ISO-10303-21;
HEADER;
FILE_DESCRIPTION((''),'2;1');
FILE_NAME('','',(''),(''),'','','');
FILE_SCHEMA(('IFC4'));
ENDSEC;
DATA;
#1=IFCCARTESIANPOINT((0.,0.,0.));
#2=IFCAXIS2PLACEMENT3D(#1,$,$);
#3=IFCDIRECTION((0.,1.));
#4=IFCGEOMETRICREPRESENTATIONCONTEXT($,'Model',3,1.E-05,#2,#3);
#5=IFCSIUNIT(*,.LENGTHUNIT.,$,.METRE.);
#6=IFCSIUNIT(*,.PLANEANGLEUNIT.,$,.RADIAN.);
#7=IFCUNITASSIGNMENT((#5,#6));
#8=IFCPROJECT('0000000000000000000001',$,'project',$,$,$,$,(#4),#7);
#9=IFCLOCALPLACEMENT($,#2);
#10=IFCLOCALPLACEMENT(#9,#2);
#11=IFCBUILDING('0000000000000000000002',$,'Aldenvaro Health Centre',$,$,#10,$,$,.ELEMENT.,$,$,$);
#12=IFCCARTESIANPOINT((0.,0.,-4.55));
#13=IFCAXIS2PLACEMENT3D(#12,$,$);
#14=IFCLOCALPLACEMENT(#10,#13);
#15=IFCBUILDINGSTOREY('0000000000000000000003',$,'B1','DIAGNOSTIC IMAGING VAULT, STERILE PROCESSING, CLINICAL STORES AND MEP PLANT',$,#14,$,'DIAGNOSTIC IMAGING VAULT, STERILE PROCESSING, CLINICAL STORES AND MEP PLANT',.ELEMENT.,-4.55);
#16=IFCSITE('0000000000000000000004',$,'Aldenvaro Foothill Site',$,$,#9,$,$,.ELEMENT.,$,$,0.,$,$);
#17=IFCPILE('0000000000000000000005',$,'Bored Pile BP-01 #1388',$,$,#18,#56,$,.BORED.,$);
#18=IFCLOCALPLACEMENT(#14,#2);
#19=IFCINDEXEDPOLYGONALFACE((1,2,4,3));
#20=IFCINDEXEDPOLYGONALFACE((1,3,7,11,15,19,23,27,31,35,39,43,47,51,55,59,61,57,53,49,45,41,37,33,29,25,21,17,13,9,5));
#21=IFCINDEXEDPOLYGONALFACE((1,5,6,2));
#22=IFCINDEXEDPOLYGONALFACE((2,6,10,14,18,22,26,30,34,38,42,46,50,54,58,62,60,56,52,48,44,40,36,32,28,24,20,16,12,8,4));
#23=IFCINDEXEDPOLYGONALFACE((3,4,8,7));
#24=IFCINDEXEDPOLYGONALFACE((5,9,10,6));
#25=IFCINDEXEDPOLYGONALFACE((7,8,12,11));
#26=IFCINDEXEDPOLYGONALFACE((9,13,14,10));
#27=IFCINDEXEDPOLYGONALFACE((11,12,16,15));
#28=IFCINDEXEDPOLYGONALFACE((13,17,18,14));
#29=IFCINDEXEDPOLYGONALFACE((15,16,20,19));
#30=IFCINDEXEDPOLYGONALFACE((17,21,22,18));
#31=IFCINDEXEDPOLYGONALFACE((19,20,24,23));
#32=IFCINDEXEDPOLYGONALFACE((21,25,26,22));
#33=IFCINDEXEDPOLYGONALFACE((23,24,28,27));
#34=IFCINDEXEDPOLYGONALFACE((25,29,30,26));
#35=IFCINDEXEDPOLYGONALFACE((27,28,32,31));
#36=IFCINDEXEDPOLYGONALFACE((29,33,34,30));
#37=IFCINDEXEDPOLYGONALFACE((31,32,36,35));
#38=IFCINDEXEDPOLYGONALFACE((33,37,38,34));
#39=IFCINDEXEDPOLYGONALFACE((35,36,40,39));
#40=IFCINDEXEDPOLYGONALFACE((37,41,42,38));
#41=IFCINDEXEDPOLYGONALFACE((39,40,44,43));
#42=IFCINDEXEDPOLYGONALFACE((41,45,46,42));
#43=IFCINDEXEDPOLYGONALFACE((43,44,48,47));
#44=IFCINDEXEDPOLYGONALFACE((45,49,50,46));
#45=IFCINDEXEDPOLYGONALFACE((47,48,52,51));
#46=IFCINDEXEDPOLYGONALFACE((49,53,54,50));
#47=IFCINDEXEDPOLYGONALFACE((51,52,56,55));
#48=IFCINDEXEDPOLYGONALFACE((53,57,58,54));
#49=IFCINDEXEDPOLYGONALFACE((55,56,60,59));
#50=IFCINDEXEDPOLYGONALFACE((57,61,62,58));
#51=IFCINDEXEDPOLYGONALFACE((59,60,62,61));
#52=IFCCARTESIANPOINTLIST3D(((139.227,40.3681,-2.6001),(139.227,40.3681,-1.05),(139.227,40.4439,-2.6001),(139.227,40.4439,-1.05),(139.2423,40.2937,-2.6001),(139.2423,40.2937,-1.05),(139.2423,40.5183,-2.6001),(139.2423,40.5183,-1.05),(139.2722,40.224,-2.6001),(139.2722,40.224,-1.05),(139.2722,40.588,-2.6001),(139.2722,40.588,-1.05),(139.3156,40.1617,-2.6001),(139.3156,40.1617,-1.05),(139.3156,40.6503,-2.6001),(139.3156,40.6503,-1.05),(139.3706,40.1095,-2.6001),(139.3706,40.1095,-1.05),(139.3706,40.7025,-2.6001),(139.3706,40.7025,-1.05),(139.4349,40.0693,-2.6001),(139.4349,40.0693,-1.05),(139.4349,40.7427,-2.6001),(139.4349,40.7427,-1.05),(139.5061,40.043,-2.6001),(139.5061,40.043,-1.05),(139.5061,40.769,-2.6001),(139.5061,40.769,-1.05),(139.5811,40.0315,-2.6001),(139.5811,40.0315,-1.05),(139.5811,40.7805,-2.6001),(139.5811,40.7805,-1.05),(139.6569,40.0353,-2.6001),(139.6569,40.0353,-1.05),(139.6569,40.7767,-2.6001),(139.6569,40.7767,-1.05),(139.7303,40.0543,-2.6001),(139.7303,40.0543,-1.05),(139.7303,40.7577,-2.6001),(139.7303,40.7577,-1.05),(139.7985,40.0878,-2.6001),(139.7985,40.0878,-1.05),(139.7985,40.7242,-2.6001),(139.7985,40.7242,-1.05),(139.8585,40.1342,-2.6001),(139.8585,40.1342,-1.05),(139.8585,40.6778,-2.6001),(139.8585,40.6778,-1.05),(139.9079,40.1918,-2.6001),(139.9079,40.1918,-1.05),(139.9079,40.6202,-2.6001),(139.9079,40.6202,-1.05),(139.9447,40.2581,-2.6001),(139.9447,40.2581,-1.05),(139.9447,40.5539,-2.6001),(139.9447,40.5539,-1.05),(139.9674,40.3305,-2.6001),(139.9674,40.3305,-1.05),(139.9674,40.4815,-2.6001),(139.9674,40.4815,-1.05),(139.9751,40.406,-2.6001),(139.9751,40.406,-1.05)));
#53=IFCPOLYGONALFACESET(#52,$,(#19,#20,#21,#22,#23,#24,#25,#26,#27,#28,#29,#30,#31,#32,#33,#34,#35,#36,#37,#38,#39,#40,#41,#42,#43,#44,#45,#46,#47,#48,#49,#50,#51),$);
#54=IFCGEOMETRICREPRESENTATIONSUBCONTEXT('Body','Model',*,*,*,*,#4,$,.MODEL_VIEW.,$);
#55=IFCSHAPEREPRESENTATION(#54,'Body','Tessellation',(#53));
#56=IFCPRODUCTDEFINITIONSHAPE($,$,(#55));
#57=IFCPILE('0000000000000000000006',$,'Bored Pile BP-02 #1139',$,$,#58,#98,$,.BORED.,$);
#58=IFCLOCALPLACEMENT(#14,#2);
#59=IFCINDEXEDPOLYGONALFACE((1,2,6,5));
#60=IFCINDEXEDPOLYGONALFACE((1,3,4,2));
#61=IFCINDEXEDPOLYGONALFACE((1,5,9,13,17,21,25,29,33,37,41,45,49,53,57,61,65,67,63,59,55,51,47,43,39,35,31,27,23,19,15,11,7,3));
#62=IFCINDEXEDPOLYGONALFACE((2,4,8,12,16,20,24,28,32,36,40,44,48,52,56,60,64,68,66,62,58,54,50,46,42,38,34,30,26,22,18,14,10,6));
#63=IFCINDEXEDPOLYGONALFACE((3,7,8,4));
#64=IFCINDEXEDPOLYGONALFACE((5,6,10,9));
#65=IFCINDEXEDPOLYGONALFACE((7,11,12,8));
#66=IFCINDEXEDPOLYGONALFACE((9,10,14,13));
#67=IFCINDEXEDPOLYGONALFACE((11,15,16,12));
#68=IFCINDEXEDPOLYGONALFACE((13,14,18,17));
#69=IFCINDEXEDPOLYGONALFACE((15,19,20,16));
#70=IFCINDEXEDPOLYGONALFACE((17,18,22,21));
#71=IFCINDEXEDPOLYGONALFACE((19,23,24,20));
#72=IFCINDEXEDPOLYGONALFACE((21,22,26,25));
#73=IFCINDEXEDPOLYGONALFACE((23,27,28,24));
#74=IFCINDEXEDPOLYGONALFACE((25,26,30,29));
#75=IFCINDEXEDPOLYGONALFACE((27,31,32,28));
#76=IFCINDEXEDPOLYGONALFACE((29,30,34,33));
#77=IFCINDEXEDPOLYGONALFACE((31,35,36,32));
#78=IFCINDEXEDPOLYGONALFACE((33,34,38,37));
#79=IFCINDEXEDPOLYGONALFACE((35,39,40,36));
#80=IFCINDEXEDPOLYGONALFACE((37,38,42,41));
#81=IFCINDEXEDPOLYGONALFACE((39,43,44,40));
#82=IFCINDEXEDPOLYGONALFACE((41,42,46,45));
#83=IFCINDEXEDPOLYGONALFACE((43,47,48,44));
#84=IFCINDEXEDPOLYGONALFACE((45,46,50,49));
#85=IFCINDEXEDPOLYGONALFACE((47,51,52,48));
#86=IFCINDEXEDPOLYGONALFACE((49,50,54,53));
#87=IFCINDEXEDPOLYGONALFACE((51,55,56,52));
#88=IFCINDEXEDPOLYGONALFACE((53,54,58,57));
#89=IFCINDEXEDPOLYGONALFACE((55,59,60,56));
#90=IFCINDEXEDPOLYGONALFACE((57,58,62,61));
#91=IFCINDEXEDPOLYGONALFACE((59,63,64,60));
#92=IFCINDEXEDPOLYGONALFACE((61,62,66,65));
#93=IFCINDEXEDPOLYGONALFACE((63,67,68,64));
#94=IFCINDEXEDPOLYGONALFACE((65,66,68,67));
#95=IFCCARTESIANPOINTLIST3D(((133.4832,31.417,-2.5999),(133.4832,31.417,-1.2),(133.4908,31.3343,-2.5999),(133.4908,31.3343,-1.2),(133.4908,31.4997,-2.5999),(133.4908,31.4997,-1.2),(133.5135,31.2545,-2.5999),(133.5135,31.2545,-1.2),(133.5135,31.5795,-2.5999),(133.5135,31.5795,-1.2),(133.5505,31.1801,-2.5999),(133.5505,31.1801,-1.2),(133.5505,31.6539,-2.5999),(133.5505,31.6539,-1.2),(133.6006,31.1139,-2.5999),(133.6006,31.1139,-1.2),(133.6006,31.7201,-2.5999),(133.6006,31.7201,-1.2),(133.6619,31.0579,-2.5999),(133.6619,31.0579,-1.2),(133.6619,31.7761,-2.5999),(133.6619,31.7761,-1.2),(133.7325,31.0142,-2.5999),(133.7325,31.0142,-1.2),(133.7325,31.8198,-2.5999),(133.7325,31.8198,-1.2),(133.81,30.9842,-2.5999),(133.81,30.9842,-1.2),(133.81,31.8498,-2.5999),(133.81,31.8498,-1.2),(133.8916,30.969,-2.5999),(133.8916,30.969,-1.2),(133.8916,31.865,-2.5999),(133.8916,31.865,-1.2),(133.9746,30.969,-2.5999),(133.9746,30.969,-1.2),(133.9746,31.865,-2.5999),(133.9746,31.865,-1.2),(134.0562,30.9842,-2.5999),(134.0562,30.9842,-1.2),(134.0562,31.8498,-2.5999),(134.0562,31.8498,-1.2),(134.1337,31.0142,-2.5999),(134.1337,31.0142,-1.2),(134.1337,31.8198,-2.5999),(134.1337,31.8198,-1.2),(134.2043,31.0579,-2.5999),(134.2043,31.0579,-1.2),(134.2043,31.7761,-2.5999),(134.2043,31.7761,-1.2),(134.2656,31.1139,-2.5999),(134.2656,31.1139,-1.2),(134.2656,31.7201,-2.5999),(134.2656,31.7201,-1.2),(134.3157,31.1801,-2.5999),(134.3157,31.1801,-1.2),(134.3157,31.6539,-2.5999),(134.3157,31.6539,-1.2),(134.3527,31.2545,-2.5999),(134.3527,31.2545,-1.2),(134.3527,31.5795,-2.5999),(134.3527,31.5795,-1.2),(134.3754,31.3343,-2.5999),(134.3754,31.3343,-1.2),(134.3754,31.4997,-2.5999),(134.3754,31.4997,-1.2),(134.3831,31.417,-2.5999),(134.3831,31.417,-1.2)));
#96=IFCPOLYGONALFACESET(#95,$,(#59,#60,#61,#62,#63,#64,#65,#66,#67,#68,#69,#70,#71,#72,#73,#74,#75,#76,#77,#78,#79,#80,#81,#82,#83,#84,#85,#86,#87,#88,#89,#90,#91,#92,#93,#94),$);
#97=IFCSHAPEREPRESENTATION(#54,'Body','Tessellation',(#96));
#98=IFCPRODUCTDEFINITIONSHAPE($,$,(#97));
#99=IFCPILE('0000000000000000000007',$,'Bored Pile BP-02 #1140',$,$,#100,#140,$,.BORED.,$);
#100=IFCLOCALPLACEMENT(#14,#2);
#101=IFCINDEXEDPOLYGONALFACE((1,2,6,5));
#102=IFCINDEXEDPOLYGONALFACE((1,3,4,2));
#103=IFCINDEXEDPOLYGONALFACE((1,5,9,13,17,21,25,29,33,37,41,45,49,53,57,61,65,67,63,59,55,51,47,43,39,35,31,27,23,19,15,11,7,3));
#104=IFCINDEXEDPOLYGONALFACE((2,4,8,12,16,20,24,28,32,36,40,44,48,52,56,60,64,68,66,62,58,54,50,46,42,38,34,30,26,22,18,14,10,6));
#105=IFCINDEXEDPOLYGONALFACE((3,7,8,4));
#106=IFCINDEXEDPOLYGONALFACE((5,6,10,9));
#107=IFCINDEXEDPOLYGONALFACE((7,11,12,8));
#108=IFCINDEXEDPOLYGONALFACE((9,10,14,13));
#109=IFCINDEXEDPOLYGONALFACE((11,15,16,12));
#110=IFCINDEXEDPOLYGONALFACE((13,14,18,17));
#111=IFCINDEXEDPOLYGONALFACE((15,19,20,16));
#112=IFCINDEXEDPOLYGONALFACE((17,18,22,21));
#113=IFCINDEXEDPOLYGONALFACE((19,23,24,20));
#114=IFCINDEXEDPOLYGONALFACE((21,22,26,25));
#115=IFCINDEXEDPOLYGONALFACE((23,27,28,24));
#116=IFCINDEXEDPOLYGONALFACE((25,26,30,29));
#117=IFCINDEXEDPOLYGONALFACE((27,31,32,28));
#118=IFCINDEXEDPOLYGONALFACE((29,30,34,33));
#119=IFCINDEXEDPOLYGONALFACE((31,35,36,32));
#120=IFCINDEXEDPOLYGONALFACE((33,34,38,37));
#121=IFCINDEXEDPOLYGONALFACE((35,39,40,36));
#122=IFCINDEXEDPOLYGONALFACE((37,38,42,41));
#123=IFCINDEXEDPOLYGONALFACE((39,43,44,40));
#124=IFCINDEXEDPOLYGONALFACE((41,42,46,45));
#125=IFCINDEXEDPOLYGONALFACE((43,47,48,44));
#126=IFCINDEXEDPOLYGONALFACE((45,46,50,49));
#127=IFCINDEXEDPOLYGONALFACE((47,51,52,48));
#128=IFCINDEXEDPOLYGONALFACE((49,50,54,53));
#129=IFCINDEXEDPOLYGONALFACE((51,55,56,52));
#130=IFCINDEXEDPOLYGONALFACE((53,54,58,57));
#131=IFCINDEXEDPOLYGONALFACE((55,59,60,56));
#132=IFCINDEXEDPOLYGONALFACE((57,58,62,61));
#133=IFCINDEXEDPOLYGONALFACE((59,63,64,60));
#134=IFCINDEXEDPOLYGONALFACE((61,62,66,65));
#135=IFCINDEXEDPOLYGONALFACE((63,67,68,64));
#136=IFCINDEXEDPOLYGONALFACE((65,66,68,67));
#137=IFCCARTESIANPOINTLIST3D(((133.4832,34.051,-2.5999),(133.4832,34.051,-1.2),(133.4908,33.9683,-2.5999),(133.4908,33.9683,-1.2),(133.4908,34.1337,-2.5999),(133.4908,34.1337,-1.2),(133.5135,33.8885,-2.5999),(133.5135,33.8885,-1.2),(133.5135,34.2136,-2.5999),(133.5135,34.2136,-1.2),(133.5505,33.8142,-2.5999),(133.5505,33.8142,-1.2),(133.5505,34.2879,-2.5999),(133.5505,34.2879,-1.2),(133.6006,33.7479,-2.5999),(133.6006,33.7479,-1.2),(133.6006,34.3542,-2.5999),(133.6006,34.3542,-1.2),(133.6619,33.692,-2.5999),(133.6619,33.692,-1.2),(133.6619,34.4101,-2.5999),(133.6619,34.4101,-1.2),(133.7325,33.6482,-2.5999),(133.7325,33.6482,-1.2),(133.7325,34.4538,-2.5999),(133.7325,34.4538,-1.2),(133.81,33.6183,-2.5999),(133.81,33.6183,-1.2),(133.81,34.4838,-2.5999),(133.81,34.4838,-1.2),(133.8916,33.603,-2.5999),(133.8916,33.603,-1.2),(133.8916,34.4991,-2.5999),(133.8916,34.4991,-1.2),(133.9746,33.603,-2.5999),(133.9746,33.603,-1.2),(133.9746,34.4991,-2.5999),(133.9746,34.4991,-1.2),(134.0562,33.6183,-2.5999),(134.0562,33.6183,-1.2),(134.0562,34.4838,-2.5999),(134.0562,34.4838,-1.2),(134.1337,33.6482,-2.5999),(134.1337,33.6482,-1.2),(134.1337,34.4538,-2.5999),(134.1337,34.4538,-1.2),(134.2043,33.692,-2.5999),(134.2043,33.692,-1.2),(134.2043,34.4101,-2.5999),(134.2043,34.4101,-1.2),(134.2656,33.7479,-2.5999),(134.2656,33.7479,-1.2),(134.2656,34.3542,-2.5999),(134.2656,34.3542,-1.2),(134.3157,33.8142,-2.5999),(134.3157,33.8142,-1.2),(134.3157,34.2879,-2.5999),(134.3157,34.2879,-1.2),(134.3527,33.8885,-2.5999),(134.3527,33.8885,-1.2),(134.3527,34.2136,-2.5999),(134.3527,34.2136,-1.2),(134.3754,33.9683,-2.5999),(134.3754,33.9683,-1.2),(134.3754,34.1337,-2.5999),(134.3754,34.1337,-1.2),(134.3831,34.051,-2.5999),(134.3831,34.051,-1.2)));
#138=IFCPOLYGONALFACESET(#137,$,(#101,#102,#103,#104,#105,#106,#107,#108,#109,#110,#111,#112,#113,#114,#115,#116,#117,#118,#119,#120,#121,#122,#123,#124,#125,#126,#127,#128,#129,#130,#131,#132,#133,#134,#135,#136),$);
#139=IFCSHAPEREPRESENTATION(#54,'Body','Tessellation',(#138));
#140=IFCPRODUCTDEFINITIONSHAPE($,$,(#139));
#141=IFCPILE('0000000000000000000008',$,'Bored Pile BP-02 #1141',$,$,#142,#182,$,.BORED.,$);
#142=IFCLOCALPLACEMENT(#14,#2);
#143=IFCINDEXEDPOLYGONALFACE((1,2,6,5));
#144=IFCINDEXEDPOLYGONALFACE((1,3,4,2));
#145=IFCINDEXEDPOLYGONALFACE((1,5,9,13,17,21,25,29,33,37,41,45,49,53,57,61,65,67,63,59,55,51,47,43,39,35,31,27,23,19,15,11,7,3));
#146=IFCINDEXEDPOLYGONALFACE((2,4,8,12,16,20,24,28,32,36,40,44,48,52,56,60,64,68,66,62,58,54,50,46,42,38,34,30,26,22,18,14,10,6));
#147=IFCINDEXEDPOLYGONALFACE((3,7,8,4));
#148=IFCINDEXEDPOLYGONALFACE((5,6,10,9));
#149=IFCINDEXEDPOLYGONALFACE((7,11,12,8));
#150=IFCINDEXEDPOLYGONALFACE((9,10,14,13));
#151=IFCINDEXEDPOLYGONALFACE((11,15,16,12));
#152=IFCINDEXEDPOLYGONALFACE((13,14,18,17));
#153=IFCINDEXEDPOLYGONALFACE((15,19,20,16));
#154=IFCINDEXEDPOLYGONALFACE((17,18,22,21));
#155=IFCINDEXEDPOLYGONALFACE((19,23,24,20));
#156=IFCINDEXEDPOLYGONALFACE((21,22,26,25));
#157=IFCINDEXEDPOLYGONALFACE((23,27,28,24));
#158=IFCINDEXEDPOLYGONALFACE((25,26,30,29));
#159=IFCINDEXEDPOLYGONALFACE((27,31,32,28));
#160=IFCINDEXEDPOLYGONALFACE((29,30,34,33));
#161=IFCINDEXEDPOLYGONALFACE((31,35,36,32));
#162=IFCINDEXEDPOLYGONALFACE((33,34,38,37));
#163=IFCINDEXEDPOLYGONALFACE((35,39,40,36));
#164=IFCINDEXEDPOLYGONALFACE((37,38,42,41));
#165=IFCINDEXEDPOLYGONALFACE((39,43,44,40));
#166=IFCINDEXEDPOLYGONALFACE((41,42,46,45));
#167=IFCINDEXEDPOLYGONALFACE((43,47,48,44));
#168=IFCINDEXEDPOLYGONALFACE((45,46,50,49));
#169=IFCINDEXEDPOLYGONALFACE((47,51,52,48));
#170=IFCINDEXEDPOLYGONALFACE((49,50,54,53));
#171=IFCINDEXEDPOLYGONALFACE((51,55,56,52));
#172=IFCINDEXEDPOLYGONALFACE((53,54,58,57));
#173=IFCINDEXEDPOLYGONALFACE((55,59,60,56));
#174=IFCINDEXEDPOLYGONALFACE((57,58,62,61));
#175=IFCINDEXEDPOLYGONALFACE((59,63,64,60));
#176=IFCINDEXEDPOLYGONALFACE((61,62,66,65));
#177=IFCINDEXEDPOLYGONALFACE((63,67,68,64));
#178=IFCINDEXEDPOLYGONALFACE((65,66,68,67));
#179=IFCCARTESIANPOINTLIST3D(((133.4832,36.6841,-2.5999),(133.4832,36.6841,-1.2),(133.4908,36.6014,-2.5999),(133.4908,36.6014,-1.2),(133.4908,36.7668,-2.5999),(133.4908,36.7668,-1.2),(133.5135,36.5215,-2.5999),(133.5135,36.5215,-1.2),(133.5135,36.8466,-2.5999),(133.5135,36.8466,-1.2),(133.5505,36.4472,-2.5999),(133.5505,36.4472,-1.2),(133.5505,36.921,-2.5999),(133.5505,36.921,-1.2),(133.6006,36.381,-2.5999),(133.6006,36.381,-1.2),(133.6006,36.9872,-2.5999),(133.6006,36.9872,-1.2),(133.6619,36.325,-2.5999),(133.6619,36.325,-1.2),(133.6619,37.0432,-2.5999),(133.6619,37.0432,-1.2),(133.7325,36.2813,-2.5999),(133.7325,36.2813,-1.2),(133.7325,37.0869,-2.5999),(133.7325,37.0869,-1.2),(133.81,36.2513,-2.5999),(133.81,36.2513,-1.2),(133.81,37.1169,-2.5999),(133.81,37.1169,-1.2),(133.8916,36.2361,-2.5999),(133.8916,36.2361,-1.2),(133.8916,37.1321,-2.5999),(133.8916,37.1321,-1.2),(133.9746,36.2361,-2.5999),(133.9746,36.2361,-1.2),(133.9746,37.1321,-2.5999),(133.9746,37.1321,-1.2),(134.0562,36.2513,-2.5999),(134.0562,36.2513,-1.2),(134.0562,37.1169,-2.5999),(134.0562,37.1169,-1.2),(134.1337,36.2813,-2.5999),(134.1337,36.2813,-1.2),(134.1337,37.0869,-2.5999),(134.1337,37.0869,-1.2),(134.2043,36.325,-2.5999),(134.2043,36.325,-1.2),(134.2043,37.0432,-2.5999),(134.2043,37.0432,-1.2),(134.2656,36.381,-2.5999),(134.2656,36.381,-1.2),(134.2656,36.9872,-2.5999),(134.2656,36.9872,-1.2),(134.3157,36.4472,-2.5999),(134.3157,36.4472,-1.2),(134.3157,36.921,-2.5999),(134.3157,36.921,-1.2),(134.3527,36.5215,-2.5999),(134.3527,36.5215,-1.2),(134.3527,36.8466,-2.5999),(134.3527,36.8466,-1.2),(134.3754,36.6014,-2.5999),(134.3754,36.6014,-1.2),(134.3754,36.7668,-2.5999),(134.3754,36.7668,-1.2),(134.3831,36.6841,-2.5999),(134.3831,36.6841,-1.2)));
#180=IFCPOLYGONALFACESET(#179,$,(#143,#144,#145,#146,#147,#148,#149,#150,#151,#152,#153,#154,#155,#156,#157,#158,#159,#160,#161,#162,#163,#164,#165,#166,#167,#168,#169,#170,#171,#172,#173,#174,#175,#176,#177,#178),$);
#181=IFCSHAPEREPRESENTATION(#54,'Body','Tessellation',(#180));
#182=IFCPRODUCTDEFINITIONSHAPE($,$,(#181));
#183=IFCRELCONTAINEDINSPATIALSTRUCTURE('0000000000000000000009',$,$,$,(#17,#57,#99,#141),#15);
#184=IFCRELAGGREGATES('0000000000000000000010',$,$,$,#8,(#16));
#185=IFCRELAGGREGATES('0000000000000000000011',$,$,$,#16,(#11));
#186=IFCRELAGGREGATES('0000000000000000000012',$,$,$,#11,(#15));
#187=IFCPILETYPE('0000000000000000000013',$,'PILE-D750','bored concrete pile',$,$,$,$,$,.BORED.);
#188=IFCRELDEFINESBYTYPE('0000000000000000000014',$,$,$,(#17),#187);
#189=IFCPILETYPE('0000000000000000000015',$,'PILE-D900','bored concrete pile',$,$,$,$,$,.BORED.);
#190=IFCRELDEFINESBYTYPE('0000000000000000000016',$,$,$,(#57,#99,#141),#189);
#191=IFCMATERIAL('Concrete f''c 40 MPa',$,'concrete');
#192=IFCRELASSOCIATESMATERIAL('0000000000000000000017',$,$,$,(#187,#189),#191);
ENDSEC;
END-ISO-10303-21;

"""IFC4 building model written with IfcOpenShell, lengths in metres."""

from ifc_helpers import new_model, si_unit, direction, frame, origin, origin_2d, place, context, subcontext, project, spatial, circle, extrude, material, material_profile, profile_set, type_object, element, save


model = new_model("IFC4")

# Units and contexts
model_context = context("Model", 3, precision=1e-05, world=origin(), true_north=direction((0.0, 1.0)))
body_context = subcontext(model_context, "Body", "Model", "MODEL_VIEW")
ifc_project = project(units=[si_unit("LENGTHUNIT", "METRE"), si_unit("PLANEANGLEUNIT", "RADIAN")], contexts=[model_context])

# Site, building, storey
site_placement = place(None, origin())
site = spatial("IfcSite", under=ifc_project, at=site_placement, Name="Aldenvaro Foothill Site", CompositionType="ELEMENT", RefElevation=0.0)
building_placement = place(site_placement, origin())
building = spatial("IfcBuilding", under=site, at=building_placement, Name="Aldenvaro Health Centre", CompositionType="ELEMENT")
storey_placement = place(building_placement, frame((0.0, 0.0, -4.55)))
storey = spatial("IfcBuildingStorey", under=building, at=storey_placement, Name="B1", Description="DIAGNOSTIC IMAGING VAULT, STERILE PROCESSING, CLINICAL STORES AND MEP PLANT", LongName="DIAGNOSTIC IMAGING VAULT, STERILE PROCESSING, CLINICAL STORES AND MEP PLANT", CompositionType="ELEMENT", Elevation=-4.55)

# Shared definitions
ifc_material_1 = material(Name="Concrete f'c 40 MPa", Category="concrete")

# Piles
ifc_material_profile_1 = material_profile(ifc_material_1, circle(Radius=0.375, at=origin_2d()), Name="PILE D750", Category="concrete")
ifc_profile_set_1 = profile_set([ifc_material_profile_1], Name="Concrete f'c 40 MPa")
pile_type_1 = type_object("IfcPileType", Name="PILE-D750", Description="bored concrete pile", PredefinedType="BORED", material=ifc_profile_set_1)
pile_1_placement = place(storey_placement, frame((139.6001, 40.406, -1.05), z_axis=(0.0, 0.0, -1.0), x_axis=(1.0, 0.0, 0.0)))
element("IfcPile", 1, at=pile_1_placement, inside=storey, type_object=pile_type_1, Name="Bored Pile BP-01 #1388", PredefinedType="BORED", context=body_context, shape_type="SweptSolid", body=[
    extrude(circle(Radius=0.375, at=origin_2d()), origin(), (0.0, 0.0, 1.0), 1.55),
])
ifc_material_profile_2 = material_profile(ifc_material_1, circle(Radius=0.45, at=origin_2d()), Name="PILE D900", Category="concrete")
ifc_profile_set_2 = profile_set([ifc_material_profile_2], Name="Concrete f'c 40 MPa")
pile_type_2 = type_object("IfcPileType", Name="PILE-D900", Description="bored concrete pile", PredefinedType="BORED", material=ifc_profile_set_2)
for number, where, z_axis, x_axis, name in (
    (2, (133.9331, 31.417, -1.2), (0.0, 0.0, -1.0), (1.0, 0.0, 0.0), "Bored Pile BP-02 #1139"),
    (3, (133.9331, 34.051, -1.2), (0.0, 0.0, -1.0), (1.0, 0.0, 0.0), "Bored Pile BP-02 #1140"),
    (4, (133.9331, 36.6841, -1.2), (0.0, 0.0, -1.0), (1.0, 0.0, 0.0), "Bored Pile BP-02 #1141"),
):
    element("IfcPile", number, at=place(storey_placement, frame(where, z_axis=z_axis, x_axis=x_axis)), inside=storey, type_object=pile_type_2, Name=name, PredefinedType="BORED", context=body_context, shape_type="SweptSolid", body=[
        extrude(circle(Radius=0.45, at=origin_2d()), origin(), (0.0, 0.0, 1.0), 1.3999),
    ])

save(model, "model.ifc")
